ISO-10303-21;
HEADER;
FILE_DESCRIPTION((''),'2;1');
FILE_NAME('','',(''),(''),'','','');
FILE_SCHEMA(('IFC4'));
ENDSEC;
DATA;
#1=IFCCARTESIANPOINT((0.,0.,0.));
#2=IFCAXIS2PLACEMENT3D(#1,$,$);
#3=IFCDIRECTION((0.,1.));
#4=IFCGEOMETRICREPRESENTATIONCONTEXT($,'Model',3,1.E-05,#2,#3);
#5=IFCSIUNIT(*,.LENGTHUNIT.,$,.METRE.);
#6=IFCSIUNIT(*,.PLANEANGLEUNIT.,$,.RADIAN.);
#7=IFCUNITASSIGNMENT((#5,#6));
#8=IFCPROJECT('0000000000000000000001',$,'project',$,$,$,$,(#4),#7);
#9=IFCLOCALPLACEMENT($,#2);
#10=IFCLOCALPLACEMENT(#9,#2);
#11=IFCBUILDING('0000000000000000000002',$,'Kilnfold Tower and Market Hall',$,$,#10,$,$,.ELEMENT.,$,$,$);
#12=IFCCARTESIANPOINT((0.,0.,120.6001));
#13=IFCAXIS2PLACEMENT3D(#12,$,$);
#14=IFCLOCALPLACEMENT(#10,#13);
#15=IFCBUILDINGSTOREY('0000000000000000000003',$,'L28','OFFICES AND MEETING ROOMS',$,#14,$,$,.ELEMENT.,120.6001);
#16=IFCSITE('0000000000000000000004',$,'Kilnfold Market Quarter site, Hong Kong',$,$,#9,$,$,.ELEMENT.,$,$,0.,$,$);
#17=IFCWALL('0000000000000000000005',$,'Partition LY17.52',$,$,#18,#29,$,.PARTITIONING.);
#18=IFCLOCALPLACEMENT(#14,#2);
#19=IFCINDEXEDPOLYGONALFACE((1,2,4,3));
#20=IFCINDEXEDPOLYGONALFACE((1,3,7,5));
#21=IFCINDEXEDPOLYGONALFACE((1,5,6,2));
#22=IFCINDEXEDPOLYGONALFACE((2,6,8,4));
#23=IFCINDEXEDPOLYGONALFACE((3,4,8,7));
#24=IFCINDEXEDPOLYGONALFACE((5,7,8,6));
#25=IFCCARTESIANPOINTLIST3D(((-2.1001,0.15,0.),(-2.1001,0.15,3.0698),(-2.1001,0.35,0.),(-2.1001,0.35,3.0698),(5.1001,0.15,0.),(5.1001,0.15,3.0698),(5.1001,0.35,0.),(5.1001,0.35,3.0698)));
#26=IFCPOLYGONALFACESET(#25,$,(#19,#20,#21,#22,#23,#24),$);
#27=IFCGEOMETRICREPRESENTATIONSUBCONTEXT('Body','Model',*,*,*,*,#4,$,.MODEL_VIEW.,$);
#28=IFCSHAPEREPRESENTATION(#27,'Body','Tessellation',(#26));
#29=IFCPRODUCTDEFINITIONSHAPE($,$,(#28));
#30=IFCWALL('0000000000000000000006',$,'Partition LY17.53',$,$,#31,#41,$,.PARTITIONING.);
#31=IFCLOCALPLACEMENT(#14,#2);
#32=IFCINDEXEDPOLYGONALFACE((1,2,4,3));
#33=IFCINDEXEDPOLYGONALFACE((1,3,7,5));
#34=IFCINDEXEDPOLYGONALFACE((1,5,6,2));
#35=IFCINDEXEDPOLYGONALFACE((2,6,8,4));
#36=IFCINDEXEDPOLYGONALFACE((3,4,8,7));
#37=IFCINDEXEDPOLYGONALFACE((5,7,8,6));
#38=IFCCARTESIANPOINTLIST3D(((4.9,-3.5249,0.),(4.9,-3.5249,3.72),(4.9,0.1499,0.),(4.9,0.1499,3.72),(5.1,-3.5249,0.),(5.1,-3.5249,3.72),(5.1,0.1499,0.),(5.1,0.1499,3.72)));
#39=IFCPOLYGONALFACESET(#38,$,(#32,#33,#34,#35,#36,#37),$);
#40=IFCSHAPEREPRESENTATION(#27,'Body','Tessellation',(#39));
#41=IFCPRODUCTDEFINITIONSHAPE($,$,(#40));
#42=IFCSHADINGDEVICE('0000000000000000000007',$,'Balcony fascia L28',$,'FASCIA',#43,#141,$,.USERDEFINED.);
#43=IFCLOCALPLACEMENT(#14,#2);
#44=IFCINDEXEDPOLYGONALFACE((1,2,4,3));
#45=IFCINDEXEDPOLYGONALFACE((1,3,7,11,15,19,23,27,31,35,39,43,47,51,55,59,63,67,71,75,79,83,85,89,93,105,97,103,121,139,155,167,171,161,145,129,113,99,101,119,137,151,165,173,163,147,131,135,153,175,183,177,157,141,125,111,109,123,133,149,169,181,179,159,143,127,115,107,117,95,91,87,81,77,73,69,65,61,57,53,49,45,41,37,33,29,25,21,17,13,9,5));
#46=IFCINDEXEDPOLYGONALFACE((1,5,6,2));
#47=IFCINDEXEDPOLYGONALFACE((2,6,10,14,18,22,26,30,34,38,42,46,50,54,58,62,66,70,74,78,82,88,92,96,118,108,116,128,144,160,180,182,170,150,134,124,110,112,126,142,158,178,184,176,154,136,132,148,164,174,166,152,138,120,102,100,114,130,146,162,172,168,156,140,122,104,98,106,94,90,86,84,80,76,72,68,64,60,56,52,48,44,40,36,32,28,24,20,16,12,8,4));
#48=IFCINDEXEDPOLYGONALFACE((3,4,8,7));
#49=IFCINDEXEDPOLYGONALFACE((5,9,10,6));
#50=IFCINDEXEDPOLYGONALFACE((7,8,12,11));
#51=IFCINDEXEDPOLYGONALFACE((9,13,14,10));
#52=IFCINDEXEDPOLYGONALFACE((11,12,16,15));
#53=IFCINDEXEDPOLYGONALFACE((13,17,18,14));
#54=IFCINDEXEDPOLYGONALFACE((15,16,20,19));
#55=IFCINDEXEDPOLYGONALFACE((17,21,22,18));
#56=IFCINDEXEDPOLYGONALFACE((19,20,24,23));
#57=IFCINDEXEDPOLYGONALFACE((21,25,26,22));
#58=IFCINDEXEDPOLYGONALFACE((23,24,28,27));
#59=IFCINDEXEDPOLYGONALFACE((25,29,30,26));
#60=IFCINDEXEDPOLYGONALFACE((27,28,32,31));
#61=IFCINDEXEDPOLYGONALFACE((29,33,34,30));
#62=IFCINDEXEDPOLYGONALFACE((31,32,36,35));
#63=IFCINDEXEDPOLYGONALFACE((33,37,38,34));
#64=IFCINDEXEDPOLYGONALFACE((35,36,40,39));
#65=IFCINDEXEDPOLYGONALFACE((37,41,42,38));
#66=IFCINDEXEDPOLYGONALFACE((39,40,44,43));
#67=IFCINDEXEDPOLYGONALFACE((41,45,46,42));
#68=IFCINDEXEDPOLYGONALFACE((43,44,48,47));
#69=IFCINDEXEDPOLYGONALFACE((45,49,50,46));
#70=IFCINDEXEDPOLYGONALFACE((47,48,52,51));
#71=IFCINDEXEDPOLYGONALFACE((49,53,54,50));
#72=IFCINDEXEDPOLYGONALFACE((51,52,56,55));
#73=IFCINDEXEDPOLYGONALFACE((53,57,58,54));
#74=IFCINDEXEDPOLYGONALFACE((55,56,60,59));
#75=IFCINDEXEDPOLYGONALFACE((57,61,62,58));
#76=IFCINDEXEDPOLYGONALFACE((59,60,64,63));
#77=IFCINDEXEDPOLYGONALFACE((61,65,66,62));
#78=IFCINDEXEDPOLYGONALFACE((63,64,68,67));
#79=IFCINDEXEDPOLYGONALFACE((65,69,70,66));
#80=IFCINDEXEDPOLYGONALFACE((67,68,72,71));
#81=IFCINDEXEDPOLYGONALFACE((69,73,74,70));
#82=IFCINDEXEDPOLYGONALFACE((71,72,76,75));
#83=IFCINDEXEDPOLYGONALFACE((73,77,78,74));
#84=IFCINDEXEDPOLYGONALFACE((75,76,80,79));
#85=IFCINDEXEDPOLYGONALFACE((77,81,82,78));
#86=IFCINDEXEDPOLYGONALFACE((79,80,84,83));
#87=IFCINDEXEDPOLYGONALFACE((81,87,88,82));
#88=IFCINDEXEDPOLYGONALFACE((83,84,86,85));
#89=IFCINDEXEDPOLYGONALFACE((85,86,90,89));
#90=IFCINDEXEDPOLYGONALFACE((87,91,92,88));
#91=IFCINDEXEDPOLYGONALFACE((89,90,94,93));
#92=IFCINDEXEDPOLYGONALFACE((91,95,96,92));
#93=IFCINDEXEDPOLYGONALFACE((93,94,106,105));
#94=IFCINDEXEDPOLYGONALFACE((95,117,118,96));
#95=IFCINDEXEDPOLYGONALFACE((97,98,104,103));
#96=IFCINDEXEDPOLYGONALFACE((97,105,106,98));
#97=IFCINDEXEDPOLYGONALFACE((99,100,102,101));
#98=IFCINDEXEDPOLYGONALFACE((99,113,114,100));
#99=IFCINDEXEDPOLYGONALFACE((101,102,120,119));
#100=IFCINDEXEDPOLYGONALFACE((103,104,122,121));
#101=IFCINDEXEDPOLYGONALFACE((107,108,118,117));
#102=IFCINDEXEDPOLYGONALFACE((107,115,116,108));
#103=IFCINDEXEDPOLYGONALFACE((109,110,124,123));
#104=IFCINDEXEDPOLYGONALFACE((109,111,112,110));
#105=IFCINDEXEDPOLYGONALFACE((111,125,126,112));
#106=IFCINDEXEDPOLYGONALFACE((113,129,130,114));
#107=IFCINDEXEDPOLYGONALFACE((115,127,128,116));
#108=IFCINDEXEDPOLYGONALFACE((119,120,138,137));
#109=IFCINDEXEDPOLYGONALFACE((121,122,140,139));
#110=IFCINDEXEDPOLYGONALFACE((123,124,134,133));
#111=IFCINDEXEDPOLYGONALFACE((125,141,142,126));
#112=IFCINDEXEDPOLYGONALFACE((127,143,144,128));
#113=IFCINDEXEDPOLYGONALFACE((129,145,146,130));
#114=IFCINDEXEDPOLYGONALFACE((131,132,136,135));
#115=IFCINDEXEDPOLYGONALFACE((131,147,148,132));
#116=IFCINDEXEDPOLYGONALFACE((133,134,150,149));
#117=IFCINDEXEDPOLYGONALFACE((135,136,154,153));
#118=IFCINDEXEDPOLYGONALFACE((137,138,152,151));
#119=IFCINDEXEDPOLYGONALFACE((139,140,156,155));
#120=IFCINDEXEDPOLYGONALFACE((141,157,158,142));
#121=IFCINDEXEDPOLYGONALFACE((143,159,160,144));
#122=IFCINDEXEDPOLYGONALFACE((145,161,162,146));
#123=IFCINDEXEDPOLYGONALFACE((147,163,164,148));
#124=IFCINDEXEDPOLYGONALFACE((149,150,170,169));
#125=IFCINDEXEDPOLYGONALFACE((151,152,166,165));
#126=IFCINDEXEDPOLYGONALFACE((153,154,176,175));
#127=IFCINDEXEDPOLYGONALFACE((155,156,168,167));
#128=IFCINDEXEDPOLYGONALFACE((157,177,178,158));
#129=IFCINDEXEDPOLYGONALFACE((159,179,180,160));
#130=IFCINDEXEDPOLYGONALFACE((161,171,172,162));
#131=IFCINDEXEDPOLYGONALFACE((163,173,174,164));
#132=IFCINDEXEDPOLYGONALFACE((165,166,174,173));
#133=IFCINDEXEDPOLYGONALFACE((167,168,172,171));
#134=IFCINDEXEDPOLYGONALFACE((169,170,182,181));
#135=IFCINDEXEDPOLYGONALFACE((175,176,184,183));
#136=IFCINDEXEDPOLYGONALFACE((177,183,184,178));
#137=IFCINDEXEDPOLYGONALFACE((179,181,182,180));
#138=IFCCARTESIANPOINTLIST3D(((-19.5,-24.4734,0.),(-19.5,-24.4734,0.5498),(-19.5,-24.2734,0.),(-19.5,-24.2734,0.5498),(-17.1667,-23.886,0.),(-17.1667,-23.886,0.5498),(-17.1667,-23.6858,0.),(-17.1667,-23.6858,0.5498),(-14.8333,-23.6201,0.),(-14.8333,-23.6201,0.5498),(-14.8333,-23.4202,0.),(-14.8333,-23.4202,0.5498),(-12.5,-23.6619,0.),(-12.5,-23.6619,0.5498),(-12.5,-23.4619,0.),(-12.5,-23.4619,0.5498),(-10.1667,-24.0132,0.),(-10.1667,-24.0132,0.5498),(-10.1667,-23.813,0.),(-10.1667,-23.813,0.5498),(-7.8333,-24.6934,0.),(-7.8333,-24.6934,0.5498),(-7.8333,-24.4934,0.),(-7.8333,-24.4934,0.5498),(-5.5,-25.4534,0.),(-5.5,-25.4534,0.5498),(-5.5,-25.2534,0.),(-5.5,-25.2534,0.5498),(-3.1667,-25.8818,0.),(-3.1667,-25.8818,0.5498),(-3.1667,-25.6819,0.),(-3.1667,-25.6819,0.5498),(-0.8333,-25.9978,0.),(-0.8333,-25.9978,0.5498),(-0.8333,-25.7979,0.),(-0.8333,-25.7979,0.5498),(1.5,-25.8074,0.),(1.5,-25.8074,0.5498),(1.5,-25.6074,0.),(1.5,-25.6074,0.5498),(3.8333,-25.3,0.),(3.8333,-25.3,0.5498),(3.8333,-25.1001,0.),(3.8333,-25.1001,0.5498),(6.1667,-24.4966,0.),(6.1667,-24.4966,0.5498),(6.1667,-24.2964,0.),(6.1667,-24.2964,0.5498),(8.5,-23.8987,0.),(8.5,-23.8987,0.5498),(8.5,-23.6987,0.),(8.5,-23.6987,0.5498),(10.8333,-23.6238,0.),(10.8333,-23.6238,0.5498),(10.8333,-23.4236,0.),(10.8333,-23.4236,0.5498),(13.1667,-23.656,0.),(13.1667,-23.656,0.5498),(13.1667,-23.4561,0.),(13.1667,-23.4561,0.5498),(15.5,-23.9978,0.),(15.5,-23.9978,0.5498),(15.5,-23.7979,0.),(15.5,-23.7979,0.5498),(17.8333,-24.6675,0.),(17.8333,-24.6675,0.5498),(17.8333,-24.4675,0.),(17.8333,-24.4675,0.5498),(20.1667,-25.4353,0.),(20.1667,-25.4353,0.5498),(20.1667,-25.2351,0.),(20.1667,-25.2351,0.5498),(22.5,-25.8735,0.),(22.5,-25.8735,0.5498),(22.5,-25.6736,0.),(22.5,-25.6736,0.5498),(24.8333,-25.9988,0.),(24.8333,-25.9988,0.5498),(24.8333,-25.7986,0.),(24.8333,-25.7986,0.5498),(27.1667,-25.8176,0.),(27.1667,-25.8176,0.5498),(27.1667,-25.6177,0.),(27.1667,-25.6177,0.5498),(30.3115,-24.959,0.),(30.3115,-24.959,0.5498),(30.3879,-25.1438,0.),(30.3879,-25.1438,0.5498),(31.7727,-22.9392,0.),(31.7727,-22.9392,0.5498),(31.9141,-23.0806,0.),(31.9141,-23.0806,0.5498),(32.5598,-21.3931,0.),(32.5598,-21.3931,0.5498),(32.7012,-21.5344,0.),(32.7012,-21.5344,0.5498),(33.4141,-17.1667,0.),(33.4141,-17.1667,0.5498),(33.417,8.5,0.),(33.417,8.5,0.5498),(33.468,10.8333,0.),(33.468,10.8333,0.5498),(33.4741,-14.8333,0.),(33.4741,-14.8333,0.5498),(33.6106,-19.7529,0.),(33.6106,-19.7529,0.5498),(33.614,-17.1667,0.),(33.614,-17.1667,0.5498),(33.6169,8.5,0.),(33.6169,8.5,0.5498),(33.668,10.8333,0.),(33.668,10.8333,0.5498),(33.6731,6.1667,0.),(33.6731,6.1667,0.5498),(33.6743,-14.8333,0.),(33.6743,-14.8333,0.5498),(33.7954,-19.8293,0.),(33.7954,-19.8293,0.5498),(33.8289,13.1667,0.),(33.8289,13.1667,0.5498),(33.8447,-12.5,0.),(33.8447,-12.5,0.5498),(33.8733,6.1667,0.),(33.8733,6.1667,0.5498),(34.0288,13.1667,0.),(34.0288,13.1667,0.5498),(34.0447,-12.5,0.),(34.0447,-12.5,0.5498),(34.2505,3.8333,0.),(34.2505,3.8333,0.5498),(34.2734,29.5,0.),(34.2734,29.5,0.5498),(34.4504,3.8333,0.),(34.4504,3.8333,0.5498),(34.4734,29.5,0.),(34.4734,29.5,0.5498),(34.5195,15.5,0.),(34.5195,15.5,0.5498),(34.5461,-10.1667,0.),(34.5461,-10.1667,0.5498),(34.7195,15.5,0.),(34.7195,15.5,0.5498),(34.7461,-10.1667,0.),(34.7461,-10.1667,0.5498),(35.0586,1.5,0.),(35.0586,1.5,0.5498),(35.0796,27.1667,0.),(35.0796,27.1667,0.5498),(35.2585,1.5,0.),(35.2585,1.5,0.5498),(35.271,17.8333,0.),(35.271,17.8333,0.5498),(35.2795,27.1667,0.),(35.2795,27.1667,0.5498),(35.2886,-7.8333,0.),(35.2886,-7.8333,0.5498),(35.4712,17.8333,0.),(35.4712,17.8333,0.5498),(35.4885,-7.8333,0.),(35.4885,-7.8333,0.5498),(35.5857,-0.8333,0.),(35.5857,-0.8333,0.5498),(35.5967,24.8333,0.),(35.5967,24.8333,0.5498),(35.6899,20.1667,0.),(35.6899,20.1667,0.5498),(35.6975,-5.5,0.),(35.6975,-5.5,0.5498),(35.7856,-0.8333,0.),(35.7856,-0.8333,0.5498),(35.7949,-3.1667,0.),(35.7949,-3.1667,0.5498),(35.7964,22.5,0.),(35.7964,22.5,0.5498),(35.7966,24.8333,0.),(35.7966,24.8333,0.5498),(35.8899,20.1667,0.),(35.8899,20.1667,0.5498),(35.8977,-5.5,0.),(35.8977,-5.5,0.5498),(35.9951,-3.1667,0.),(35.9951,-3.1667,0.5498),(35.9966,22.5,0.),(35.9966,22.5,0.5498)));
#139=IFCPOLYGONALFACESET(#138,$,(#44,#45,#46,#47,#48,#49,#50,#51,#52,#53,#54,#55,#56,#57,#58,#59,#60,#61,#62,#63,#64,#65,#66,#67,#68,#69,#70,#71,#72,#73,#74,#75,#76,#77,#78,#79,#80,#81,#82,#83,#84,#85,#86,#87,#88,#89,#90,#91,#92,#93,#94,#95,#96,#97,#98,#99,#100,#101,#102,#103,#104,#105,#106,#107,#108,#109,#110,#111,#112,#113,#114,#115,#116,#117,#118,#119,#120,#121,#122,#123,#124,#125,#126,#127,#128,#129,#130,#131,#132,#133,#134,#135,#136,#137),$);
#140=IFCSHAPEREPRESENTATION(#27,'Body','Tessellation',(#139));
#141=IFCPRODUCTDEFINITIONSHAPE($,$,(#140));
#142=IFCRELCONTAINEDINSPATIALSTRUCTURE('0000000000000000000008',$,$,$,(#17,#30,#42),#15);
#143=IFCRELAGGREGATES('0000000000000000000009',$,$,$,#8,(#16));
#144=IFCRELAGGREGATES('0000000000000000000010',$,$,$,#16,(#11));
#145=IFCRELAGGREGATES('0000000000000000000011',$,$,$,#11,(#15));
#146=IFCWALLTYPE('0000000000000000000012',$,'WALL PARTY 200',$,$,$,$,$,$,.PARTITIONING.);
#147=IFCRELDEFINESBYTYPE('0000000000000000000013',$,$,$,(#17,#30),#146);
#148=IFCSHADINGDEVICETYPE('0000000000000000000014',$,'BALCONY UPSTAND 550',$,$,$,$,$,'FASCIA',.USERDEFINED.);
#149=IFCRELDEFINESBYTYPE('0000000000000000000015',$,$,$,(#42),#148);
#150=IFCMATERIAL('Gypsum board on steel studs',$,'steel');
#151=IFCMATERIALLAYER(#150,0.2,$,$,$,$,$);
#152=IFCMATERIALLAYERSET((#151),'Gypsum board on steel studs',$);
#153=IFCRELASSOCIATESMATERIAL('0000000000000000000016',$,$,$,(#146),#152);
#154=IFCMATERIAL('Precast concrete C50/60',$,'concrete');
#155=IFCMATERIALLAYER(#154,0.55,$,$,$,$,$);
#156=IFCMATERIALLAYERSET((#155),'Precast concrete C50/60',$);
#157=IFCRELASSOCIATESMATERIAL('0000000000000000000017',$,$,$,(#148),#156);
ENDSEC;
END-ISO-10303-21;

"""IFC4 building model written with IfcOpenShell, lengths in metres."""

from ifc_helpers import new_model, si_unit, direction, frame, frame_2d, origin, place, context, subcontext, project, spatial, polyline, rectangle, outline, extrude, source, transform, mapped, material, layer, layer_set, type_object, element, save


model = new_model("IFC4")

# Units and contexts
model_context = context("Model", 3, precision=1e-05, world=origin(), true_north=direction((0.0, 1.0)))
body_context = subcontext(model_context, "Body", "Model", "MODEL_VIEW")
ifc_project = project(units=[si_unit("LENGTHUNIT", "METRE"), si_unit("PLANEANGLEUNIT", "RADIAN")], contexts=[model_context])

# Site, building, storey
site_placement = place(None, origin())
site = spatial("IfcSite", under=ifc_project, at=site_placement, Name="Kilnfold Market Quarter site, Hong Kong", CompositionType="ELEMENT", RefElevation=0.0)
building_placement = place(site_placement, origin())
building = spatial("IfcBuilding", under=site, at=building_placement, Name="Kilnfold Tower and Market Hall", CompositionType="ELEMENT")
storey_placement = place(building_placement, frame((0.0, 0.0, 120.6001)))
storey = spatial("IfcBuildingStorey", under=building, at=storey_placement, Name="L28", Description="OFFICES AND MEETING ROOMS", CompositionType="ELEMENT", Elevation=120.6001)

# Walls
ifc_material_1 = material(Name="Gypsum board on steel studs", Category="steel")
ifc_layer_1 = layer(ifc_material_1, 0.2)
ifc_layer_set_1 = layer_set([ifc_layer_1], Name="Gypsum board on steel studs")
wall_type = type_object("IfcWallType", Name="WALL PARTY 200", PredefinedType="PARTITIONING", material=ifc_layer_set_1)
wall_1_placement = place(storey_placement, frame((-2.1001, 0.25, 0.0), z_axis=(0.0, 0.0, 1.0), x_axis=(1.0, 0.0, 0.0)))
element("IfcWall", 1, at=wall_1_placement, inside=storey, type_object=wall_type, Name="Partition LY17.52", PredefinedType="PARTITIONING", context=body_context, shape_type="SweptSolid", body=[
    extrude(rectangle(XDim=7.2002, YDim=0.2, at=frame_2d((3.6001, 0.0))), origin(), (0.0, 0.0, 1.0), 3.0698),
])
wall_2_placement = place(storey_placement, frame((5.0, -3.5249, 0.0), z_axis=(0.0, 0.0, 1.0), x_axis=(0.0, 1.0, 0.0)))
element("IfcWall", 2, at=wall_2_placement, inside=storey, type_object=wall_type, Name="Partition LY17.53", PredefinedType="PARTITIONING", context=body_context, shape_type="SweptSolid", body=[
    extrude(rectangle(XDim=3.6748, YDim=0.2, at=frame_2d((1.8374, 0.0))), origin(), (0.0, 0.0, 1.0), 3.72),
])

# Shading device
ifc_material_2 = material(Name="Precast concrete C50/60", Category="concrete")
ifc_layer_2 = layer(ifc_material_2, 0.55)
ifc_layer_set_2 = layer_set([ifc_layer_2], Name="Precast concrete C50/60")
shading_device_type_1 = type_object("IfcShadingDeviceType", Name="BALCONY UPSTAND 550", ElementType="FASCIA", PredefinedType="USERDEFINED", material=ifc_layer_set_2)
shared_shape_1 = source(origin(), body_context, "Body", "SweptSolid", [
    extrude(outline(polyline([(-19.5, -24.4734), (-17.1667, -23.886), (-14.8333, -23.6201), (-12.5, -23.6619), (-10.1667, -24.0132), (-7.8333, -24.6934), (-5.5, -25.4534), (-3.1667, -25.8818), (-0.8333, -25.9978), (1.5, -25.8074), (3.8333, -25.3), (6.1667, -24.4966), (8.5, -23.8987), (10.8333, -23.6238), (13.1667, -23.656), (15.5, -23.9978), (17.8333, -24.6675), (20.1667, -25.4353), (22.5, -25.8735), (24.8333, -25.9988), (27.1667, -25.8176), (30.3879, -25.1438), (31.9141, -23.0806), (32.7012, -21.5344), (33.7954, -19.8293), (33.614, -17.1667), (33.6743, -14.8333), (34.0447, -12.5), (34.7461, -10.1667), (35.4885, -7.8333), (35.8977, -5.5), (35.9951, -3.1667), (35.7856, -0.8333), (35.2585, 1.5), (34.4504, 3.8333), (33.8733, 6.1667), (33.6169, 8.5), (33.668, 10.8333), (34.0288, 13.1667), (34.7195, 15.5), (35.4712, 17.8333), (35.8899, 20.1667), (35.9966, 22.5), (35.7966, 24.8333), (35.2795, 27.1667), (34.4734, 29.5), (34.2734, 29.5), (35.0796, 27.1667), (35.5967, 24.8333), (35.7964, 22.5), (35.6899, 20.1667), (35.271, 17.8333), (34.5195, 15.5), (33.8289, 13.1667), (33.468, 10.8333), (33.417, 8.5), (33.6731, 6.1667), (34.2505, 3.8333), (35.0586, 1.5), (35.5857, -0.8333), (35.7949, -3.1667), (35.6975, -5.5), (35.2886, -7.8333), (34.5461, -10.1667), (33.8447, -12.5), (33.4741, -14.8333), (33.4141, -17.1667), (33.6106, -19.7529), (32.5598, -21.3931), (31.7727, -22.9392), (30.3115, -24.959), (27.1667, -25.6177), (24.8333, -25.7986), (22.5, -25.6736), (20.1667, -25.2351), (17.8333, -24.4675), (15.5, -23.7979), (13.1667, -23.4561), (10.8333, -23.4236), (8.5, -23.6987), (6.1667, -24.2964), (3.8333, -25.1001), (1.5, -25.6074), (-0.8333, -25.7979), (-3.1667, -25.6819), (-5.5, -25.2534), (-7.8333, -24.4934), (-10.1667, -23.813), (-12.5, -23.4619), (-14.8333, -23.4202), (-17.1667, -23.6858), (-19.5, -24.2734), (-19.5, -24.4734)])), origin(), (0.0, 0.0, 1.0), 0.5498),
])
shading_device_1_placement = place(storey_placement, origin())
element("IfcShadingDevice", 3, at=shading_device_1_placement, inside=storey, type_object=shading_device_type_1, Name="Balcony fascia L28", ObjectType="FASCIA", PredefinedType="USERDEFINED", context=body_context, shape_type="MappedRepresentation", body=[
    mapped(shared_shape_1, transform((0.0, 0.0, 0.0))),
])

save(model, "model.ifc")
